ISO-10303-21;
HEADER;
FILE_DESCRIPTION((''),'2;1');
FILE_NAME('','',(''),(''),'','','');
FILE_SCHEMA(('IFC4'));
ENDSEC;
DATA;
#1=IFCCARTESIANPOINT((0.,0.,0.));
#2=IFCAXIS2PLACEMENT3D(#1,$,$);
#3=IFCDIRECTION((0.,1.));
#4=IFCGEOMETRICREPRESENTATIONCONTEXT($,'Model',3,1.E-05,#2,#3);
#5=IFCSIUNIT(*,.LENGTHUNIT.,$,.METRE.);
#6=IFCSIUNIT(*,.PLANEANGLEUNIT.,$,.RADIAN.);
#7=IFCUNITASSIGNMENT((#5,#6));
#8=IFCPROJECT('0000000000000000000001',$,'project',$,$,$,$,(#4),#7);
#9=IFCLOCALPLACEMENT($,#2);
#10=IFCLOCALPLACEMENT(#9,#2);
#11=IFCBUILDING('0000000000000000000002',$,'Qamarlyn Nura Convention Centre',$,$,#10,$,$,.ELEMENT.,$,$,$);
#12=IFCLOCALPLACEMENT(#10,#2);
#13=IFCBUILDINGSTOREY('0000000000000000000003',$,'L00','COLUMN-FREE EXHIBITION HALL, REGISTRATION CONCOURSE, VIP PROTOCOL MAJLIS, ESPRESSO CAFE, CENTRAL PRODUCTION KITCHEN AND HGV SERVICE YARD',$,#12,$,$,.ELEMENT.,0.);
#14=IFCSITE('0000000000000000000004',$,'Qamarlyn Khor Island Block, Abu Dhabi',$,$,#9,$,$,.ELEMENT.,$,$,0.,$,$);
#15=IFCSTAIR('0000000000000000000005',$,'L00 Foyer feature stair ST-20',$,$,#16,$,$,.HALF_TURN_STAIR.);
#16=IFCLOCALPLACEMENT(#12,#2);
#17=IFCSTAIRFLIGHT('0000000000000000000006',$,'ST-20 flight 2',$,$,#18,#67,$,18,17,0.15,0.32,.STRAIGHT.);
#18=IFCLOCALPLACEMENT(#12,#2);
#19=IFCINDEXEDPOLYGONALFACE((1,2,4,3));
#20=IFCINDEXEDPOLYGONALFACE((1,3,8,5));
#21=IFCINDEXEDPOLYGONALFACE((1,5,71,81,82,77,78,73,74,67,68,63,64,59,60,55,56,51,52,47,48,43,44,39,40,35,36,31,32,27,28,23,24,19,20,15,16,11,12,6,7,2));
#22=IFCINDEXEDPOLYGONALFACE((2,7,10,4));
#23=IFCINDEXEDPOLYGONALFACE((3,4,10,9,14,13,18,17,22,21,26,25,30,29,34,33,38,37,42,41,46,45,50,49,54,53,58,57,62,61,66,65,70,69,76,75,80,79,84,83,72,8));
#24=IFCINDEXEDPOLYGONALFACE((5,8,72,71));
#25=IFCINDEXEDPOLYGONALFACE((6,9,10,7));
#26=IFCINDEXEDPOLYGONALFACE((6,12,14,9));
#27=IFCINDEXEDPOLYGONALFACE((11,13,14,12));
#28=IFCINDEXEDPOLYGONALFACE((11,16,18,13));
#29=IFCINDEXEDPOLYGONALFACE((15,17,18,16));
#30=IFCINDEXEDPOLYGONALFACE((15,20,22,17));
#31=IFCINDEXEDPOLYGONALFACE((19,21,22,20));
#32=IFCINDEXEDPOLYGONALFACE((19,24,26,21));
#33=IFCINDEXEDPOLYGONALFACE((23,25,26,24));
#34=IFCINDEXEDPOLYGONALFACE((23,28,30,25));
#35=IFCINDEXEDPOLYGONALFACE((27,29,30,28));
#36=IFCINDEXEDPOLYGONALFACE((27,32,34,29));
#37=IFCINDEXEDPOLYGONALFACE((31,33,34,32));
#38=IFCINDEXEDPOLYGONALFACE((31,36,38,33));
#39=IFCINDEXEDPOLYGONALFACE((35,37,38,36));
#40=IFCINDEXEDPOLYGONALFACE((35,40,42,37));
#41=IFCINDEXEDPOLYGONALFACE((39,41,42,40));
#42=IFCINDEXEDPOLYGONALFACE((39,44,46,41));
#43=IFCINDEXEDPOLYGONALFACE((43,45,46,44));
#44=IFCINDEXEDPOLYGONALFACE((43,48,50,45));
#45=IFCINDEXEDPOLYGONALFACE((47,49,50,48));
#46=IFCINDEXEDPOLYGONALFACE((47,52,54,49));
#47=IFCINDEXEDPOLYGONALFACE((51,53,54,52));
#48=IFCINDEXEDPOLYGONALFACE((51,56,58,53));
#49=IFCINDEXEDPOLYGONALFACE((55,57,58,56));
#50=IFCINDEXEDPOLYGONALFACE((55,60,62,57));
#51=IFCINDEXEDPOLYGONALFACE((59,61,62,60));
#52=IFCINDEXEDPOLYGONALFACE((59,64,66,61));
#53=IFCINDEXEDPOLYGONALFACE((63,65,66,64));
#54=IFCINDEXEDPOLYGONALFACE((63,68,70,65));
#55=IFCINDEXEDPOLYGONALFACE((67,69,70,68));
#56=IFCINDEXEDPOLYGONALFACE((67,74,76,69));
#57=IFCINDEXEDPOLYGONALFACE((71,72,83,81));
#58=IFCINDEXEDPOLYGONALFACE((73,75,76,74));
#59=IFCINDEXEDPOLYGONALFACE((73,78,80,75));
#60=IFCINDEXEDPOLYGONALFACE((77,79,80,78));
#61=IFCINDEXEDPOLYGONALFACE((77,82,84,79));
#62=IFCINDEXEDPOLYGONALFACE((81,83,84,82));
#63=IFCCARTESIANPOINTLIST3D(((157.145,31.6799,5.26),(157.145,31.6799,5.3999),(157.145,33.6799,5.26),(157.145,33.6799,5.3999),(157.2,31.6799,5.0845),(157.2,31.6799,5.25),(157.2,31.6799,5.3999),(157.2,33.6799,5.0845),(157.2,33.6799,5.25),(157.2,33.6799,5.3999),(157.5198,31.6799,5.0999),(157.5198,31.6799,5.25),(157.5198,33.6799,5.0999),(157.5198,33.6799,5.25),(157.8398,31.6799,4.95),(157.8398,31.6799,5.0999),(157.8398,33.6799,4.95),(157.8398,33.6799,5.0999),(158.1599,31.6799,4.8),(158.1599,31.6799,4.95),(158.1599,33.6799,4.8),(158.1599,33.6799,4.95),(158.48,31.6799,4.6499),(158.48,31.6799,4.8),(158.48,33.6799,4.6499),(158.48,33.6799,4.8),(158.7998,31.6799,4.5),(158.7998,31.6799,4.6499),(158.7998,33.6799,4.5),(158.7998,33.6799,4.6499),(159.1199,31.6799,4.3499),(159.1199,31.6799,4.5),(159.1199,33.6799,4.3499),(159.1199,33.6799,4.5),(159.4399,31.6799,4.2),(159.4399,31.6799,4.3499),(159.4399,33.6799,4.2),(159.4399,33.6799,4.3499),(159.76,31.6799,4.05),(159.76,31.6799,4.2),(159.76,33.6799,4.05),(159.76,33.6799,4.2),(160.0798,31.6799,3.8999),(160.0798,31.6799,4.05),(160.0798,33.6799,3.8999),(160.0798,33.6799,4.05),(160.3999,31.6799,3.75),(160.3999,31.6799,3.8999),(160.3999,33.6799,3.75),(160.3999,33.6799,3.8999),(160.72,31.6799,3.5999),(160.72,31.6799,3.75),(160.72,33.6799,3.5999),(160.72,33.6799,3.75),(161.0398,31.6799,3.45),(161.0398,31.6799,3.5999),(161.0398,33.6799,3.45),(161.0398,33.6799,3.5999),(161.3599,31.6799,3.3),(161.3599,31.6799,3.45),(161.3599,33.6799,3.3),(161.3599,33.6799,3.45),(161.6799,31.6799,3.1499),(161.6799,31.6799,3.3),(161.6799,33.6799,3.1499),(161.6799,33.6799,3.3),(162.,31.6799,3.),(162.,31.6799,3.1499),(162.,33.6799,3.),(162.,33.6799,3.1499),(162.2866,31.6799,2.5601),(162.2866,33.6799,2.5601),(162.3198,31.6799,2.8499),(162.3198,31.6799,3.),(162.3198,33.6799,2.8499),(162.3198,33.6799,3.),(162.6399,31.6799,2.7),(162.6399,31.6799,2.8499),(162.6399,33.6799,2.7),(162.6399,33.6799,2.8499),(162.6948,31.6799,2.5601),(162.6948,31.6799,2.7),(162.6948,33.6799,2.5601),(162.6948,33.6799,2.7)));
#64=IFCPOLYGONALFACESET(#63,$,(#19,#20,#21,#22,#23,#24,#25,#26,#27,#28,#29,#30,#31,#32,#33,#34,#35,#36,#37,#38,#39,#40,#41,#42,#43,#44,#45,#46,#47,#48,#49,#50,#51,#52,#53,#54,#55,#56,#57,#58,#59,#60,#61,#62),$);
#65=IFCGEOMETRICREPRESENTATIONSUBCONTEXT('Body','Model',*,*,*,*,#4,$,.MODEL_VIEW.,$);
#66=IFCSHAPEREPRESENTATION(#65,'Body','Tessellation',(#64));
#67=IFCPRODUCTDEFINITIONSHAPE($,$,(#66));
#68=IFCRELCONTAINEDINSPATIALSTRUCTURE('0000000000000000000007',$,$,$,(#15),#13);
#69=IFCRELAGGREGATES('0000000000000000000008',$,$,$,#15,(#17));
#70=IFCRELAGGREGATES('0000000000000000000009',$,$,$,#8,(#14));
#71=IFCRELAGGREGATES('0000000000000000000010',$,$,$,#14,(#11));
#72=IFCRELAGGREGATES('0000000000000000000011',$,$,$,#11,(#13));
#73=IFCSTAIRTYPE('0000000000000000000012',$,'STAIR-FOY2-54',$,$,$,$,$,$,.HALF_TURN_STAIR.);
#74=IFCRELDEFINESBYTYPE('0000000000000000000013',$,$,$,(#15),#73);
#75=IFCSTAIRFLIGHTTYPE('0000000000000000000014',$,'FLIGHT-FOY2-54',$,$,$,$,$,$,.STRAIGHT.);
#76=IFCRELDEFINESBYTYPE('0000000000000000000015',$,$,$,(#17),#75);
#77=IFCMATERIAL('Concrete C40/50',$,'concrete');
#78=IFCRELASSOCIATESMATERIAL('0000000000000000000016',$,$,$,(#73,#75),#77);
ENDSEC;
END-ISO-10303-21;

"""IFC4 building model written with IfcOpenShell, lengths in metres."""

from ifc_helpers import new_model, si_unit, direction, frame, origin, place, context, subcontext, project, spatial, polyline, outline, extrude, material, type_object, element, aggregate, save


model = new_model("IFC4")

# Units and contexts
model_context = context("Model", 3, precision=1e-05, world=origin(), true_north=direction((0.0, 1.0)))
body_context = subcontext(model_context, "Body", "Model", "MODEL_VIEW")
ifc_project = project(units=[si_unit("LENGTHUNIT", "METRE"), si_unit("PLANEANGLEUNIT", "RADIAN")], contexts=[model_context])

# Site, building, storey
site_placement = place(None, origin())
site = spatial("IfcSite", under=ifc_project, at=site_placement, Name="Qamarlyn Khor Island Block, Abu Dhabi", CompositionType="ELEMENT", RefElevation=0.0)
building_placement = place(site_placement, origin())
building = spatial("IfcBuilding", under=site, at=building_placement, Name="Qamarlyn Nura Convention Centre", CompositionType="ELEMENT")
storey_placement = place(building_placement, origin())
storey = spatial("IfcBuildingStorey", under=building, at=storey_placement, Name="L00", Description="COLUMN-FREE EXHIBITION HALL, REGISTRATION CONCOURSE, VIP PROTOCOL MAJLIS, ESPRESSO CAFE, CENTRAL PRODUCTION KITCHEN AND HGV SERVICE YARD", CompositionType="ELEMENT", Elevation=0.0)

# Stair, stair flight
ifc_material_1 = material(Name="Concrete C40/50", Category="concrete")
stair_type = type_object("IfcStairType", Name="STAIR-FOY2-54", PredefinedType="HALF_TURN_STAIR", material=ifc_material_1)
stair_placement = place(storey_placement, origin())
stair = element("IfcStair", 1, at=stair_placement, inside=storey, type_object=stair_type, Name="L00 Foyer feature stair ST-20", PredefinedType="HALF_TURN_STAIR")
stair_flight_type = type_object("IfcStairFlightType", Name="FLIGHT-FOY2-54", PredefinedType="STRAIGHT", material=ifc_material_1)
stair_flight_1_placement = place(storey_placement, frame((162.6399, 32.6799, 2.7), z_axis=(0.0, 0.0, 1.0), x_axis=(-1.0, 0.0, 0.0)))
stair_flight_1 = element("IfcStairFlight", 2, at=stair_flight_1_placement, type_object=stair_flight_type, Name="ST-20 flight 2", NumberOfRisers=18, NumberOfTreads=17, PredefinedType="STRAIGHT", RiserHeight=0.15, TreadLength=0.32, context=body_context, shape_type="SweptSolid", body=[
    extrude(outline(polyline([(-0.0549, 0.0), (0.0, 0.0), (0.0, 0.1499), (0.3201, 0.1499), (0.3201, 0.3), (0.6399, 0.3), (0.6399, 0.45), (0.96, 0.45), (0.96, 0.6001), (1.28, 0.6001), (1.28, 0.75), (1.6001, 0.75), (1.6001, 0.8999), (1.9199, 0.8999), (1.9199, 1.05), (2.24, 1.05), (2.24, 1.2), (2.5601, 1.2), (2.5601, 1.3501), (2.8799, 1.3501), (2.8799, 1.5), (3.2, 1.5), (3.2, 1.6499), (3.52, 1.6499), (3.52, 1.8), (3.8401, 1.8), (3.8401, 1.95), (4.1599, 1.95), (4.1599, 2.1001), (4.48, 2.1001), (4.48, 2.25), (4.8, 2.25), (4.8, 2.3999), (5.1201, 2.3999), (5.1201, 2.55), (5.4399, 2.55), (5.4399, 2.7), (5.4949, 2.7), (5.4949, 2.5601), (5.4399, 2.3845), (0.3533, -0.1399), (-0.0549, -0.1399), (-0.0549, 0.0)])), frame((0.0, 1.0, 0.0), z_axis=(0.0, -1.0, 0.0), x_axis=(1.0, 0.0, 0.0)), (0.0, 0.0, 1.0), 2.0),
])
aggregate(stair, [stair_flight_1])

save(model, "model.ifc")
